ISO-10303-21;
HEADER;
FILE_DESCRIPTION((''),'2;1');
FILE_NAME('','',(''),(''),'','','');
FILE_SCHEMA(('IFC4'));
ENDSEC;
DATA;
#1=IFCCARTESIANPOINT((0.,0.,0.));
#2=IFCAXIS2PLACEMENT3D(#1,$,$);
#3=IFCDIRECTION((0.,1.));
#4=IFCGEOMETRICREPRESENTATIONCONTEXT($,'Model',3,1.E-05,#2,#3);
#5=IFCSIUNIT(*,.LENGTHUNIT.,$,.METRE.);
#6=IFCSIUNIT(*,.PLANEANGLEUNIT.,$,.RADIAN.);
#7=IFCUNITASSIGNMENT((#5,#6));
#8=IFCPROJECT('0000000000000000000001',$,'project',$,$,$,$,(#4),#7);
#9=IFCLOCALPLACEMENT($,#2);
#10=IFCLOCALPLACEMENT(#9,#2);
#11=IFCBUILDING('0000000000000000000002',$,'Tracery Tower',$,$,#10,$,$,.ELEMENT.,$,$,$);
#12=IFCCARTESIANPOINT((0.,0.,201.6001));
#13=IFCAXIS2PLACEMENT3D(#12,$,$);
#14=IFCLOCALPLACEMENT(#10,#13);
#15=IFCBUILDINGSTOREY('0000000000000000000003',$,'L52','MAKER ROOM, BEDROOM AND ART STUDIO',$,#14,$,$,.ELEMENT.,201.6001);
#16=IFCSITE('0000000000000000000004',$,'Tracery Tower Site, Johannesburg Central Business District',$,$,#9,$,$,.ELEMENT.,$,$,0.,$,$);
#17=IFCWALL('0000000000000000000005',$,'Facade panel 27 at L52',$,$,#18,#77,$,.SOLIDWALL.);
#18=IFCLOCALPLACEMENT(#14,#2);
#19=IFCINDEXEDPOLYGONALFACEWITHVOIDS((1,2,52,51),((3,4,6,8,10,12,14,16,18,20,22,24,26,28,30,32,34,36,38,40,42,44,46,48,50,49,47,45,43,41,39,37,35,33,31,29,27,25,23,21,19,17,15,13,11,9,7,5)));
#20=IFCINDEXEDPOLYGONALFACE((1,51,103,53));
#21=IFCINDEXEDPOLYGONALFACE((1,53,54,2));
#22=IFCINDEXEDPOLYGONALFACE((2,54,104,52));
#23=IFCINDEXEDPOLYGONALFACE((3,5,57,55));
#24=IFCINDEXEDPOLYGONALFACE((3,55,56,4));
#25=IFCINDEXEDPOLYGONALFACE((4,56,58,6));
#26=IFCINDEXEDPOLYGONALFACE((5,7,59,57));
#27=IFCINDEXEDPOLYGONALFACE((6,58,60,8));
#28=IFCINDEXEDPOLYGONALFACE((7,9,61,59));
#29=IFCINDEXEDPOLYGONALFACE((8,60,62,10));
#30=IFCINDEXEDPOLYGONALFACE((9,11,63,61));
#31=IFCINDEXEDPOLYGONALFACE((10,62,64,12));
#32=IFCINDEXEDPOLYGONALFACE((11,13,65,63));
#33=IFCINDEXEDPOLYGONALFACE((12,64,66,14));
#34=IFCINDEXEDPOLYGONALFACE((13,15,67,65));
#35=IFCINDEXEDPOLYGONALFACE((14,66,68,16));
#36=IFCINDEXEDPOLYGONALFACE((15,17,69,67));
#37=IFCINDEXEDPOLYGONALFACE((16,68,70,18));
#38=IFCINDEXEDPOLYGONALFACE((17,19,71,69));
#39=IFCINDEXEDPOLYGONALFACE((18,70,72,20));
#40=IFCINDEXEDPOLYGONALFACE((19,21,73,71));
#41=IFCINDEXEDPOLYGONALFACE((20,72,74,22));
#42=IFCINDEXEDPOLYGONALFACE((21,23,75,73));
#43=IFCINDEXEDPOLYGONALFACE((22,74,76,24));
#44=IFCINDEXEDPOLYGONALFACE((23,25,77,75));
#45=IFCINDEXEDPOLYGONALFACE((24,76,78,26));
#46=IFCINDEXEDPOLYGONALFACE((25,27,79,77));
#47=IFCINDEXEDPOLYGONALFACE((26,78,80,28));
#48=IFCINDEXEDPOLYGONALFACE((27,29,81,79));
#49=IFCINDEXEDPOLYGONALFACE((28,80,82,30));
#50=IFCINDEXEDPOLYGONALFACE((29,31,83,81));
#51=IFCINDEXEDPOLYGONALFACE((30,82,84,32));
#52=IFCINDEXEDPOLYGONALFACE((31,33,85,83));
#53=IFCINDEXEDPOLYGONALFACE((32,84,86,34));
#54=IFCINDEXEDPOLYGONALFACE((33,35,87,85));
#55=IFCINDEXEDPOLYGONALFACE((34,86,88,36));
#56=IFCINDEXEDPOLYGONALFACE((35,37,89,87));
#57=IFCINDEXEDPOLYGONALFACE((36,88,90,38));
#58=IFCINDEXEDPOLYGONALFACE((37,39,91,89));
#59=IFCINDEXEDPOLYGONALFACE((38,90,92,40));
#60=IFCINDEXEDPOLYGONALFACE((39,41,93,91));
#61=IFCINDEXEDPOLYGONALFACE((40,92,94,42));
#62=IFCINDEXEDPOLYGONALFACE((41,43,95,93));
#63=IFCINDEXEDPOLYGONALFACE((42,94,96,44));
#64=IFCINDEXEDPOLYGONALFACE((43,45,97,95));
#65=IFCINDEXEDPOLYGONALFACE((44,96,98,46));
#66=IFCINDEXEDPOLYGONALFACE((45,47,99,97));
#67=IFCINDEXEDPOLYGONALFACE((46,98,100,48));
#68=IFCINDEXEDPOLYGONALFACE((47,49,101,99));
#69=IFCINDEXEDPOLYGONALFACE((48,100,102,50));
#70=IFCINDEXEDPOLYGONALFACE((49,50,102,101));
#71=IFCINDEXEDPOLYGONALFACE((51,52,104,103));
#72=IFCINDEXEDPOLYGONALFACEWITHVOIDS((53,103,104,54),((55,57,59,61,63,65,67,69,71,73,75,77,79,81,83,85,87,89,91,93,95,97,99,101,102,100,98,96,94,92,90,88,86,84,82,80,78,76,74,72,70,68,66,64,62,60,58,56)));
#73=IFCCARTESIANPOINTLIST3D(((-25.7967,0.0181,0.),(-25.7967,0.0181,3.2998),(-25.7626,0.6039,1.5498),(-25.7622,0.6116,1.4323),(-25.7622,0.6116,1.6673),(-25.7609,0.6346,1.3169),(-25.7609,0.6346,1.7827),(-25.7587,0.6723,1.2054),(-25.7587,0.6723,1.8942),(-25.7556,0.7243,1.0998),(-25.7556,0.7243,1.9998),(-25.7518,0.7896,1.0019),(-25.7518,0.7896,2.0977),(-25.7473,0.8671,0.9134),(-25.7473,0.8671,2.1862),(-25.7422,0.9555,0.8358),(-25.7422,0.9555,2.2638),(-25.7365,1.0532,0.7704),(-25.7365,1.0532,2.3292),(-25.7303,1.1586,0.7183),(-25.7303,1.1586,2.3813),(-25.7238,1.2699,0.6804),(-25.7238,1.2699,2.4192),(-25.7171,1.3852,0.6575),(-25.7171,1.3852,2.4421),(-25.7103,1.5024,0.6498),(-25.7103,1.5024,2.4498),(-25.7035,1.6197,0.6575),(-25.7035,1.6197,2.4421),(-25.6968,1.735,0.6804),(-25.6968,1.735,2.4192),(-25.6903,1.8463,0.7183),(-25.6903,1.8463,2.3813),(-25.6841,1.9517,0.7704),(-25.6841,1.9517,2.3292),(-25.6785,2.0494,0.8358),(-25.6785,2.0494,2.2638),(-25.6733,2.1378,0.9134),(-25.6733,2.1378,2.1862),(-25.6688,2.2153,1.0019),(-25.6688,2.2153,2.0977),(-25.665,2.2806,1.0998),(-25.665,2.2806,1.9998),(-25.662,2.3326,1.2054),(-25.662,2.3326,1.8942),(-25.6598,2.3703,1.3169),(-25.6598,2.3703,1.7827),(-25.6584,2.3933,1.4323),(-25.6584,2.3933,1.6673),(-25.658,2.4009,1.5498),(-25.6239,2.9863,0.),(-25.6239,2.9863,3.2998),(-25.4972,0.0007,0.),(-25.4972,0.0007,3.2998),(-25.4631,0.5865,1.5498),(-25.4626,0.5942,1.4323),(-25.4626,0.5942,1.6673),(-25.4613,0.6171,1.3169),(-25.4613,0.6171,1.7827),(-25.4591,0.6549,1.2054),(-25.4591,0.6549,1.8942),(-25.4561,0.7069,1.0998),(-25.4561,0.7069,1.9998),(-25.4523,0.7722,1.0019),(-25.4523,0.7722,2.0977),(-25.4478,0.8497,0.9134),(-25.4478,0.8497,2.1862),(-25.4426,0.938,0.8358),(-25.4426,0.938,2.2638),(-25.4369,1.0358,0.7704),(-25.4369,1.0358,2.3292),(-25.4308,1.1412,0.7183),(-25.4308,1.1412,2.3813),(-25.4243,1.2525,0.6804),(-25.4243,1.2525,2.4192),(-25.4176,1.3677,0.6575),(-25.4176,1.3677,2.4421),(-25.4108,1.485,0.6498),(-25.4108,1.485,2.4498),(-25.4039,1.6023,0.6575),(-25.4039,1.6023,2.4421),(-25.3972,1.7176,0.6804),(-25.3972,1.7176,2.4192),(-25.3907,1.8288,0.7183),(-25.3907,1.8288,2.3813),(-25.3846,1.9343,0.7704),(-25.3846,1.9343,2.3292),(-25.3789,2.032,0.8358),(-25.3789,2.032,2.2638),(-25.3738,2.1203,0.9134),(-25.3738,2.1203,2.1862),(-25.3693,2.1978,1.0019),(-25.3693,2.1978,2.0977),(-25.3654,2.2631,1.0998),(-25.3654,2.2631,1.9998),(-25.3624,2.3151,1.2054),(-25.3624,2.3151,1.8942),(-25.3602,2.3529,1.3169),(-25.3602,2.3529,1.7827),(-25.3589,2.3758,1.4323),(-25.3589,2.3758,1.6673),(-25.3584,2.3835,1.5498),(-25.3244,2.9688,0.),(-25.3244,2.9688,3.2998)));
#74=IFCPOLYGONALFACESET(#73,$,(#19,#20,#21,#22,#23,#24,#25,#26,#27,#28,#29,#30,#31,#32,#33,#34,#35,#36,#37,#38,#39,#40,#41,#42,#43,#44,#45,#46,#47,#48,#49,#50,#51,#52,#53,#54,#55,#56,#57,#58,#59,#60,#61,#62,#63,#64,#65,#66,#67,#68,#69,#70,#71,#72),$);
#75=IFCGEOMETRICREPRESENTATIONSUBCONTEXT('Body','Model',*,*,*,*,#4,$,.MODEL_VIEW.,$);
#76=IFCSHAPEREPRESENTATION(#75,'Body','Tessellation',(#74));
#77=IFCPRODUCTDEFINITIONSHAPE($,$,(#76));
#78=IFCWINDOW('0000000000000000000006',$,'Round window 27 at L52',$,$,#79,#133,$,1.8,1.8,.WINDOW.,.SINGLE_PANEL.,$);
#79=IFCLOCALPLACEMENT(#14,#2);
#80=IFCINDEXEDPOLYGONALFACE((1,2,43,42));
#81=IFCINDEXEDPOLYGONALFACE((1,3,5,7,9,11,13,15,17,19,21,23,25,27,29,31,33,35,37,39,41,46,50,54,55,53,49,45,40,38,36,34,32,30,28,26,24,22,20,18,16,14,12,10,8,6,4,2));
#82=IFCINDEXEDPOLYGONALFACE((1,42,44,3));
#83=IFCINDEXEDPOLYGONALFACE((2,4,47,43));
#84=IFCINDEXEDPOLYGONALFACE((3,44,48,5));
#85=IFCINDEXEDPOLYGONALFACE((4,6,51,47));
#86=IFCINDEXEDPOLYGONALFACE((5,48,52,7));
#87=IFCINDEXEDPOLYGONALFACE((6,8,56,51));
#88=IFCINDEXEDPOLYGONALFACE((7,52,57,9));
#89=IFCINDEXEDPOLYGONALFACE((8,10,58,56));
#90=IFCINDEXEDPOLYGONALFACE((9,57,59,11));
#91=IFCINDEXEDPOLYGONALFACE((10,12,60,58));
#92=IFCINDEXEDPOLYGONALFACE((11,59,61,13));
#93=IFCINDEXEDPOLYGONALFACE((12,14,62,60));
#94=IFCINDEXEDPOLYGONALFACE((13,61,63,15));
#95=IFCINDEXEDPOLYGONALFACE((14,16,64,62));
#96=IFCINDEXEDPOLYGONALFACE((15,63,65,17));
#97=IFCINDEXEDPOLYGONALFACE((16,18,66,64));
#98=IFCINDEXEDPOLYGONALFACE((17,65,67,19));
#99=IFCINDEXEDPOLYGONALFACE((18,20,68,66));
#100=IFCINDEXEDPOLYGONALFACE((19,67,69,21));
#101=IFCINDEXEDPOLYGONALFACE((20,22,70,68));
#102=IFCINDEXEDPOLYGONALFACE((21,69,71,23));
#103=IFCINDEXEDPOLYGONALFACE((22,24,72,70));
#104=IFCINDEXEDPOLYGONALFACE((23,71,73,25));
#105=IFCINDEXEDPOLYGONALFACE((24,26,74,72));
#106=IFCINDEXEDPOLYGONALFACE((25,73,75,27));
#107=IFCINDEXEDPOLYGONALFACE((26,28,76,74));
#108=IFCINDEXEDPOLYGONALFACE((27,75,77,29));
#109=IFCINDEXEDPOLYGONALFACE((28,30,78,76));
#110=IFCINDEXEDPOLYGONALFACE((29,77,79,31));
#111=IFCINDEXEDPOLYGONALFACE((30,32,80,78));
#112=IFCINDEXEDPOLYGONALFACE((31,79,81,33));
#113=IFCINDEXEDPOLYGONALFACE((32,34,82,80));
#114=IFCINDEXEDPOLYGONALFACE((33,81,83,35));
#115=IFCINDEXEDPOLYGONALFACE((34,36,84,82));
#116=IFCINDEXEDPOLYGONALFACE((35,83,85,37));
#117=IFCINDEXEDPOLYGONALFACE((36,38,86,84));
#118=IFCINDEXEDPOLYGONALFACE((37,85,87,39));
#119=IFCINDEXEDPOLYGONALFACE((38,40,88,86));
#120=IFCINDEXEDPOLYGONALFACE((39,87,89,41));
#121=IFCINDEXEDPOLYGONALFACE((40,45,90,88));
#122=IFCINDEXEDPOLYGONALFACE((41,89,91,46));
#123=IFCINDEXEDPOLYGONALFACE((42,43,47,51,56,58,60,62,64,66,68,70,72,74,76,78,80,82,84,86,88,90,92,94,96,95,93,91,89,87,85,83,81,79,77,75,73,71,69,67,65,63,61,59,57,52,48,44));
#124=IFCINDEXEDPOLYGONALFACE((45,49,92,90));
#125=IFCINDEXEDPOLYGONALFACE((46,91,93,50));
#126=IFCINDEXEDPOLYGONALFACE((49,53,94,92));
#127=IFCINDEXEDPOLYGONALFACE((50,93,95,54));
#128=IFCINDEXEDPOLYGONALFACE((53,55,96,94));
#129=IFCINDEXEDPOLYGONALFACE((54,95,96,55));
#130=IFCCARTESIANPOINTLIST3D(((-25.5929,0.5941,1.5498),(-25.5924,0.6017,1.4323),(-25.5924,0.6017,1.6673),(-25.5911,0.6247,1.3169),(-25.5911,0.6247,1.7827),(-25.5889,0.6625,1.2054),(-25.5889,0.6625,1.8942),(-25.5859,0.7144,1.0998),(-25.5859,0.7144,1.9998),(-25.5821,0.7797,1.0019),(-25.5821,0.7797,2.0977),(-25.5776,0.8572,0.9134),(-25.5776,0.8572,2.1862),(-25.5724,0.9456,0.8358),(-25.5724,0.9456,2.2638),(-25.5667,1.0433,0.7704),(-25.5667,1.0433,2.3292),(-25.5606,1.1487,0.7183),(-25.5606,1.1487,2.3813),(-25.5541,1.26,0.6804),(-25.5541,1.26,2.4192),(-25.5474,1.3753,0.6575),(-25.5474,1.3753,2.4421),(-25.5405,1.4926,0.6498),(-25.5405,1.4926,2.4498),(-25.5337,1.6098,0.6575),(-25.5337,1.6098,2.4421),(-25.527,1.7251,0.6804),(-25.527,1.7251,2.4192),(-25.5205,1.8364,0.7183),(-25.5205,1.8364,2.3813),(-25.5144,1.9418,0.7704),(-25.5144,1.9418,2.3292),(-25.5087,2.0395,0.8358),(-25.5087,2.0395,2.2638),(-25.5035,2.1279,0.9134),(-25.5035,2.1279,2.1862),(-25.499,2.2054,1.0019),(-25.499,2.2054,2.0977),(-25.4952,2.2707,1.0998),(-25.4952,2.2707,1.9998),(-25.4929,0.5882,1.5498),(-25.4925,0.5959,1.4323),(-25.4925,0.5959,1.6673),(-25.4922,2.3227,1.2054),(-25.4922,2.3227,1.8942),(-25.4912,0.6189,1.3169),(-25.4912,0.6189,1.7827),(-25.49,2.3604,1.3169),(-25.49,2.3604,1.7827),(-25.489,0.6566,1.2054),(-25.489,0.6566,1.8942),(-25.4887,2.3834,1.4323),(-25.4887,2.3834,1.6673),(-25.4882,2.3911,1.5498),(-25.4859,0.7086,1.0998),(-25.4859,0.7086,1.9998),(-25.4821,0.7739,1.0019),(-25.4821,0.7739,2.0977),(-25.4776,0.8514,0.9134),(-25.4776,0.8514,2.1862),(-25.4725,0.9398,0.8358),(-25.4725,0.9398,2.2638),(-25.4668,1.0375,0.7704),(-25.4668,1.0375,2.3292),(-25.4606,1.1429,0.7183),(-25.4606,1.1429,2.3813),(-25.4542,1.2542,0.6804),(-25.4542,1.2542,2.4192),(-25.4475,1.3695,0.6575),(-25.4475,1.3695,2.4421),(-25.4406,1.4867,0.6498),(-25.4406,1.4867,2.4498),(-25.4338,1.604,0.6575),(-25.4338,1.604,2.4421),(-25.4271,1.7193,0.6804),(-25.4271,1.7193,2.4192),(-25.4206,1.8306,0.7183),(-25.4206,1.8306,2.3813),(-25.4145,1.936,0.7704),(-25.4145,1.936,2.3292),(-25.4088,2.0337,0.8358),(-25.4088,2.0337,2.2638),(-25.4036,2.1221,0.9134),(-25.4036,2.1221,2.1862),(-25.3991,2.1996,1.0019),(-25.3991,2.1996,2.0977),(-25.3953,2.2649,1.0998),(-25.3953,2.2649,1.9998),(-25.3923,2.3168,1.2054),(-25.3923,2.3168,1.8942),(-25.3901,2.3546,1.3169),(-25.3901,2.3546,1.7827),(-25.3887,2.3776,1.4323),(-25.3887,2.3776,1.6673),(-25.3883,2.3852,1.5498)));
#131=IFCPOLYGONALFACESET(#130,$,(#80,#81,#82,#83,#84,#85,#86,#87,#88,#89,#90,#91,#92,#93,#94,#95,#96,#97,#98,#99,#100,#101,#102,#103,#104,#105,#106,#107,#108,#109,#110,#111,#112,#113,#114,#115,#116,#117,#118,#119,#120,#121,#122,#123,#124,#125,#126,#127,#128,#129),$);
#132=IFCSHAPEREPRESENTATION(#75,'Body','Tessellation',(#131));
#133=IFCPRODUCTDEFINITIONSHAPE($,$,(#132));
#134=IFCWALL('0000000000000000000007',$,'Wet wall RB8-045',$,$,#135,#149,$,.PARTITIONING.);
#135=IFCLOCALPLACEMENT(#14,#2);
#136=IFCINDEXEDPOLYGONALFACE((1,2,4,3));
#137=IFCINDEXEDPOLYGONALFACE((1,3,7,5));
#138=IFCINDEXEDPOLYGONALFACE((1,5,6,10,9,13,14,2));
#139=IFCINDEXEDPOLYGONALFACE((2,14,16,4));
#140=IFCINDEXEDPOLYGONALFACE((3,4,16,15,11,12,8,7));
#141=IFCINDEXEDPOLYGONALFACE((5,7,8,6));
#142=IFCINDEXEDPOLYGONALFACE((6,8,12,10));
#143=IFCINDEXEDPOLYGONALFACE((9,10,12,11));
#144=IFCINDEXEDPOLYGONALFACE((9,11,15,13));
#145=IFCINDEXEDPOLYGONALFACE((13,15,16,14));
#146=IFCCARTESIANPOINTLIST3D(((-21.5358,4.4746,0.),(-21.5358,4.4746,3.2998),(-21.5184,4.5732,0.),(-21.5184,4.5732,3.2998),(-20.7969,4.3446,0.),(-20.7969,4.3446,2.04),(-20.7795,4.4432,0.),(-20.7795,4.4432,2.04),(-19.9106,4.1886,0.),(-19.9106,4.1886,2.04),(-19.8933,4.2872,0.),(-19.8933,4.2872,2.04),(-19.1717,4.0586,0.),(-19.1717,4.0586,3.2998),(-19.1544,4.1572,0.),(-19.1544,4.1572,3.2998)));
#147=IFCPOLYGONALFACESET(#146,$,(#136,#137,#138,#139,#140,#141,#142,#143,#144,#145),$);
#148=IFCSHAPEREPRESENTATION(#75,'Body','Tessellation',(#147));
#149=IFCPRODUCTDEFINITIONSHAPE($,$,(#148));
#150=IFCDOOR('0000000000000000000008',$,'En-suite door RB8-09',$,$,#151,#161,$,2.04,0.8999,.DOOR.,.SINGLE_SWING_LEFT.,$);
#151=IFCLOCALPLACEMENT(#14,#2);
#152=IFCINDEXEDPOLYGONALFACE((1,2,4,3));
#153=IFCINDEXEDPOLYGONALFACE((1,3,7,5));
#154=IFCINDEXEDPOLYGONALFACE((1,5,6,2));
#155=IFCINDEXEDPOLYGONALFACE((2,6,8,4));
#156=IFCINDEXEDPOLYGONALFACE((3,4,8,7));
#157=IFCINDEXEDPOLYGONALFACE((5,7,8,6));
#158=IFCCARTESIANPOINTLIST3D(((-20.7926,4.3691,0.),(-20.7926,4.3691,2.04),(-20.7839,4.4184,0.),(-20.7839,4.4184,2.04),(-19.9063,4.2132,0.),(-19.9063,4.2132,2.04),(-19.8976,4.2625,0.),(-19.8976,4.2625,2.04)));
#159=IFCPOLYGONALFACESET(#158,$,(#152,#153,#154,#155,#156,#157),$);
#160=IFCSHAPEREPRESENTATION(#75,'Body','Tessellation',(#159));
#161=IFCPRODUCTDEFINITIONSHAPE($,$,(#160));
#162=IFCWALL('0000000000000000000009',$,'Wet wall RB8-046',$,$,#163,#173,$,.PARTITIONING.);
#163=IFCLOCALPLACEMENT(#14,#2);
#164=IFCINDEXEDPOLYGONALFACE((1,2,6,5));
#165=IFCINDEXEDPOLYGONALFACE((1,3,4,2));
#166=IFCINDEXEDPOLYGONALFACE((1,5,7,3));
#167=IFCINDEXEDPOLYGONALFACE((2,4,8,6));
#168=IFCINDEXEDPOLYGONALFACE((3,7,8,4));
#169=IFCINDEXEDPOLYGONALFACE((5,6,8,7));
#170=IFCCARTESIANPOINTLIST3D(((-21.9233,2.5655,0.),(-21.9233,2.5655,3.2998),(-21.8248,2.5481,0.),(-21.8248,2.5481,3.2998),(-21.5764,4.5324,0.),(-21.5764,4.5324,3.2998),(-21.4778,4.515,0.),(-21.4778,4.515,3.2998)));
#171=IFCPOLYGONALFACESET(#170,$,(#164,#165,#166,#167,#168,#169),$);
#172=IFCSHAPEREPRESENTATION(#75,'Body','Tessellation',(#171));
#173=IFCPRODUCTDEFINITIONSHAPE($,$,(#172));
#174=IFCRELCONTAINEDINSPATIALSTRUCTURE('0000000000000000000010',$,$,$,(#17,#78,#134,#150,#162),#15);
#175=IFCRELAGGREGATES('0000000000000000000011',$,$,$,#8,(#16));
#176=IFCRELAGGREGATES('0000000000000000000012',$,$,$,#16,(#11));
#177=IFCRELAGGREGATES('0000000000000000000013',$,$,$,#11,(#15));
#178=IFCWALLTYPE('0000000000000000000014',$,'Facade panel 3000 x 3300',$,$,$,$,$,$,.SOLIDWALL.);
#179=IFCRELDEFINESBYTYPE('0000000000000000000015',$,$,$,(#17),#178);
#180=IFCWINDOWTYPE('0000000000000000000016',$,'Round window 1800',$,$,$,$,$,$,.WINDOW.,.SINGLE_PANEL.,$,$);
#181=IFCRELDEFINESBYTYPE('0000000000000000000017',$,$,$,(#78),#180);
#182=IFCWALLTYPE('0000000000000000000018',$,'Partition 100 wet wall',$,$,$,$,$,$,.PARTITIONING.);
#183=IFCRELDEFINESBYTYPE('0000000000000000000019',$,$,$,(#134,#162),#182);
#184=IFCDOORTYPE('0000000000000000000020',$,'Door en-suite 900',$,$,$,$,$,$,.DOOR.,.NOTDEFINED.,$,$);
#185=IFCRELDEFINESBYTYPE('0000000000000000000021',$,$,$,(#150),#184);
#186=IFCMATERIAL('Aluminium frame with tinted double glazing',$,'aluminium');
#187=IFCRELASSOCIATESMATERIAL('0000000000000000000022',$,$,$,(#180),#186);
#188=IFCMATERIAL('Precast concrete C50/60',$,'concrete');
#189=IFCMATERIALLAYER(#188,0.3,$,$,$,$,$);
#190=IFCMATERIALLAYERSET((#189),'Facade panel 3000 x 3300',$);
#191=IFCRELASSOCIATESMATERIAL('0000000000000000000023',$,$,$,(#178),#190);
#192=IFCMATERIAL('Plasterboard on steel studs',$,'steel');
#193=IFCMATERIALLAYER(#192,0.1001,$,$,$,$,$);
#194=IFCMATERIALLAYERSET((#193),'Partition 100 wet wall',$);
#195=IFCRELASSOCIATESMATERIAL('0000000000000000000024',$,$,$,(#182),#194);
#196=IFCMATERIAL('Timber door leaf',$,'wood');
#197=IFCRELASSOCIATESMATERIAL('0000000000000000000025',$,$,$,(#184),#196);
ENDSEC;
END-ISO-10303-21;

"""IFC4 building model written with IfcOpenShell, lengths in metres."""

from ifc_helpers import new_model, si_unit, direction, frame, frame_2d, origin, origin_2d, place, context, subcontext, project, spatial, rectangle, circle, extrude, material, layer, layer_set, type_object, element, fill, save


model = new_model("IFC4")

# Units and contexts
model_context = context("Model", 3, precision=1e-05, world=origin(), true_north=direction((0.0, 1.0)))
body_context = subcontext(model_context, "Body", "Model", "MODEL_VIEW")
ifc_project = project(units=[si_unit("LENGTHUNIT", "METRE"), si_unit("PLANEANGLEUNIT", "RADIAN")], contexts=[model_context])

# Site, building, storey
site_placement = place(None, origin())
site = spatial("IfcSite", under=ifc_project, at=site_placement, Name="Tracery Tower Site, Johannesburg Central Business District", CompositionType="ELEMENT", RefElevation=0.0)
building_placement = place(site_placement, origin())
building = spatial("IfcBuilding", under=site, at=building_placement, Name="Tracery Tower", CompositionType="ELEMENT")
storey_placement = place(building_placement, frame((0.0, 0.0, 201.6001)))
storey = spatial("IfcBuildingStorey", under=building, at=storey_placement, Name="L52", Description="MAKER ROOM, BEDROOM AND ART STUDIO", CompositionType="ELEMENT", Elevation=201.6001)

# Wall, opening, window
ifc_material_1 = material(Name="Aluminium frame with tinted double glazing", Category="aluminium")
window_type = type_object("IfcWindowType", Name="Round window 1800", PartitioningType="SINGLE_PANEL", PredefinedType="WINDOW", material=ifc_material_1)
ifc_material_2 = material(Name="Precast concrete C50/60", Category="concrete")
ifc_layer_1 = layer(ifc_material_2, 0.3)
ifc_layer_set_1 = layer_set([ifc_layer_1], Name="Facade panel 3000 x 3300")
wall_type_1 = type_object("IfcWallType", Name="Facade panel 3000 x 3300", PredefinedType="SOLIDWALL", material=ifc_layer_set_1)
wall_1_placement = place(storey_placement, frame((-25.4741, 2.9775, 0.0), z_axis=(0.0, 0.0, 1.0), x_axis=(-0.05814, -0.998308, 0.0)))
wall_1 = element("IfcWall", 1, at=wall_1_placement, inside=storey, type_object=wall_type_1, Name="Facade panel 27 at L52", PredefinedType="SOLIDWALL", context=body_context, shape_type="SweptSolid", body=[
    extrude(rectangle(XDim=2.9731, YDim=0.3, at=frame_2d((1.4866, 0.0))), origin(), (0.0, 0.0, 1.0), 3.2998),
])
opening_1_placement = place(wall_1_placement, frame((1.4863, 0.0, 1.5498)))
opening_1 = element("IfcOpeningElement", 2, at=opening_1_placement, cuts=wall_1, PredefinedType="OPENING", context=body_context, shape_type="SweptSolid", body=[
    extrude(circle(Radius=0.9, at=origin_2d()), frame((0.0, 0.1599, 0.0), z_axis=(0.0, -1.0, 0.0), x_axis=(1.0, 0.0, 0.0)), (0.0, 0.0, 1.0), 0.3201),
])
window_1_placement = place(opening_1_placement, origin())
window_1 = element("IfcWindow", 3, at=window_1_placement, inside=storey, type_object=window_type, Name="Round window 27 at L52", OverallHeight=1.8, OverallWidth=1.8, PartitioningType="SINGLE_PANEL", PredefinedType="WINDOW", context=body_context, shape_type="SweptSolid", body=[
    extrude(circle(Radius=0.9, at=origin_2d()), frame((0.0, 0.1201, 0.0), z_axis=(0.0, -1.0, 0.0), x_axis=(1.0, 0.0, 0.0)), (0.0, 0.0, 1.0), 0.1001),
])
fill(opening_1, window_1)

# Wall, opening, door
ifc_material_3 = material(Name="Plasterboard on steel studs", Category="steel")
ifc_layer_2 = layer(ifc_material_3, 0.1001)
ifc_layer_set_2 = layer_set([ifc_layer_2], Name="Partition 100 wet wall")
wall_type_2 = type_object("IfcWallType", Name="Partition 100 wet wall", PredefinedType="PARTITIONING", material=ifc_layer_set_2)
wall_2_placement = place(storey_placement, frame((-21.5271, 4.5239, 0.0), z_axis=(0.0, 0.0, 1.0), x_axis=(0.984866, -0.173315, 0.0)))
wall_2 = element("IfcWall", 4, at=wall_2_placement, inside=storey, type_object=wall_type_2, Name="Wet wall RB8-045", PredefinedType="PARTITIONING", context=body_context, shape_type="SweptSolid", body=[
    extrude(rectangle(XDim=2.4004, YDim=0.1001, at=frame_2d((1.2002, 0.0))), origin(), (0.0, 0.0, 1.0), 3.2998),
])
opening_2_placement = place(wall_2_placement, frame((0.7502, 0.0, 0.0)))
opening_2 = element("IfcOpeningElement", 5, at=opening_2_placement, cuts=wall_2, PredefinedType="OPENING", context=body_context, shape_type="SweptSolid", body=[
    extrude(rectangle(XDim=0.8999, YDim=2.04, at=frame_2d((0.45, 1.02))), frame((0.0, 0.05, 0.0), z_axis=(0.0, -1.0, 0.0), x_axis=(1.0, 0.0, 0.0)), (0.0, 0.0, 1.0), 0.1001),
])
ifc_material_4 = material(Name="Timber door leaf", Category="wood")
door_type_1 = type_object("IfcDoorType", Name="Door en-suite 900", OperationType="NOTDEFINED", PredefinedType="DOOR", material=ifc_material_4)
door_1_placement = place(opening_2_placement, origin())
door_1 = element("IfcDoor", 6, at=door_1_placement, inside=storey, type_object=door_type_1, Name="En-suite door RB8-09", OperationType="SINGLE_SWING_LEFT", OverallHeight=2.04, OverallWidth=0.8999, PredefinedType="DOOR", context=body_context, shape_type="SweptSolid", body=[
    extrude(rectangle(XDim=0.8999, YDim=2.04, at=frame_2d((0.45, 1.02))), frame((0.0, 0.0249, 0.0), z_axis=(0.0, -1.0, 0.0), x_axis=(1.0, 0.0, 0.0)), (0.0, 0.0, 1.0), 0.05),
])
fill(opening_2, door_1)

# Wall
wall_3_placement = place(storey_placement, frame((-21.874, 2.5569, 0.0), z_axis=(0.0, 0.0, 1.0), x_axis=(0.173688, 0.984801, 0.0)))
element("IfcWall", 7, at=wall_3_placement, inside=storey, type_object=wall_type_2, Name="Wet wall RB8-046", PredefinedType="PARTITIONING", context=body_context, shape_type="SweptSolid", body=[
    extrude(rectangle(XDim=1.9973, YDim=0.1001, at=frame_2d((0.9985, 0.0))), origin(), (0.0, 0.0, 1.0), 3.2998),
])

save(model, "model.ifc")
